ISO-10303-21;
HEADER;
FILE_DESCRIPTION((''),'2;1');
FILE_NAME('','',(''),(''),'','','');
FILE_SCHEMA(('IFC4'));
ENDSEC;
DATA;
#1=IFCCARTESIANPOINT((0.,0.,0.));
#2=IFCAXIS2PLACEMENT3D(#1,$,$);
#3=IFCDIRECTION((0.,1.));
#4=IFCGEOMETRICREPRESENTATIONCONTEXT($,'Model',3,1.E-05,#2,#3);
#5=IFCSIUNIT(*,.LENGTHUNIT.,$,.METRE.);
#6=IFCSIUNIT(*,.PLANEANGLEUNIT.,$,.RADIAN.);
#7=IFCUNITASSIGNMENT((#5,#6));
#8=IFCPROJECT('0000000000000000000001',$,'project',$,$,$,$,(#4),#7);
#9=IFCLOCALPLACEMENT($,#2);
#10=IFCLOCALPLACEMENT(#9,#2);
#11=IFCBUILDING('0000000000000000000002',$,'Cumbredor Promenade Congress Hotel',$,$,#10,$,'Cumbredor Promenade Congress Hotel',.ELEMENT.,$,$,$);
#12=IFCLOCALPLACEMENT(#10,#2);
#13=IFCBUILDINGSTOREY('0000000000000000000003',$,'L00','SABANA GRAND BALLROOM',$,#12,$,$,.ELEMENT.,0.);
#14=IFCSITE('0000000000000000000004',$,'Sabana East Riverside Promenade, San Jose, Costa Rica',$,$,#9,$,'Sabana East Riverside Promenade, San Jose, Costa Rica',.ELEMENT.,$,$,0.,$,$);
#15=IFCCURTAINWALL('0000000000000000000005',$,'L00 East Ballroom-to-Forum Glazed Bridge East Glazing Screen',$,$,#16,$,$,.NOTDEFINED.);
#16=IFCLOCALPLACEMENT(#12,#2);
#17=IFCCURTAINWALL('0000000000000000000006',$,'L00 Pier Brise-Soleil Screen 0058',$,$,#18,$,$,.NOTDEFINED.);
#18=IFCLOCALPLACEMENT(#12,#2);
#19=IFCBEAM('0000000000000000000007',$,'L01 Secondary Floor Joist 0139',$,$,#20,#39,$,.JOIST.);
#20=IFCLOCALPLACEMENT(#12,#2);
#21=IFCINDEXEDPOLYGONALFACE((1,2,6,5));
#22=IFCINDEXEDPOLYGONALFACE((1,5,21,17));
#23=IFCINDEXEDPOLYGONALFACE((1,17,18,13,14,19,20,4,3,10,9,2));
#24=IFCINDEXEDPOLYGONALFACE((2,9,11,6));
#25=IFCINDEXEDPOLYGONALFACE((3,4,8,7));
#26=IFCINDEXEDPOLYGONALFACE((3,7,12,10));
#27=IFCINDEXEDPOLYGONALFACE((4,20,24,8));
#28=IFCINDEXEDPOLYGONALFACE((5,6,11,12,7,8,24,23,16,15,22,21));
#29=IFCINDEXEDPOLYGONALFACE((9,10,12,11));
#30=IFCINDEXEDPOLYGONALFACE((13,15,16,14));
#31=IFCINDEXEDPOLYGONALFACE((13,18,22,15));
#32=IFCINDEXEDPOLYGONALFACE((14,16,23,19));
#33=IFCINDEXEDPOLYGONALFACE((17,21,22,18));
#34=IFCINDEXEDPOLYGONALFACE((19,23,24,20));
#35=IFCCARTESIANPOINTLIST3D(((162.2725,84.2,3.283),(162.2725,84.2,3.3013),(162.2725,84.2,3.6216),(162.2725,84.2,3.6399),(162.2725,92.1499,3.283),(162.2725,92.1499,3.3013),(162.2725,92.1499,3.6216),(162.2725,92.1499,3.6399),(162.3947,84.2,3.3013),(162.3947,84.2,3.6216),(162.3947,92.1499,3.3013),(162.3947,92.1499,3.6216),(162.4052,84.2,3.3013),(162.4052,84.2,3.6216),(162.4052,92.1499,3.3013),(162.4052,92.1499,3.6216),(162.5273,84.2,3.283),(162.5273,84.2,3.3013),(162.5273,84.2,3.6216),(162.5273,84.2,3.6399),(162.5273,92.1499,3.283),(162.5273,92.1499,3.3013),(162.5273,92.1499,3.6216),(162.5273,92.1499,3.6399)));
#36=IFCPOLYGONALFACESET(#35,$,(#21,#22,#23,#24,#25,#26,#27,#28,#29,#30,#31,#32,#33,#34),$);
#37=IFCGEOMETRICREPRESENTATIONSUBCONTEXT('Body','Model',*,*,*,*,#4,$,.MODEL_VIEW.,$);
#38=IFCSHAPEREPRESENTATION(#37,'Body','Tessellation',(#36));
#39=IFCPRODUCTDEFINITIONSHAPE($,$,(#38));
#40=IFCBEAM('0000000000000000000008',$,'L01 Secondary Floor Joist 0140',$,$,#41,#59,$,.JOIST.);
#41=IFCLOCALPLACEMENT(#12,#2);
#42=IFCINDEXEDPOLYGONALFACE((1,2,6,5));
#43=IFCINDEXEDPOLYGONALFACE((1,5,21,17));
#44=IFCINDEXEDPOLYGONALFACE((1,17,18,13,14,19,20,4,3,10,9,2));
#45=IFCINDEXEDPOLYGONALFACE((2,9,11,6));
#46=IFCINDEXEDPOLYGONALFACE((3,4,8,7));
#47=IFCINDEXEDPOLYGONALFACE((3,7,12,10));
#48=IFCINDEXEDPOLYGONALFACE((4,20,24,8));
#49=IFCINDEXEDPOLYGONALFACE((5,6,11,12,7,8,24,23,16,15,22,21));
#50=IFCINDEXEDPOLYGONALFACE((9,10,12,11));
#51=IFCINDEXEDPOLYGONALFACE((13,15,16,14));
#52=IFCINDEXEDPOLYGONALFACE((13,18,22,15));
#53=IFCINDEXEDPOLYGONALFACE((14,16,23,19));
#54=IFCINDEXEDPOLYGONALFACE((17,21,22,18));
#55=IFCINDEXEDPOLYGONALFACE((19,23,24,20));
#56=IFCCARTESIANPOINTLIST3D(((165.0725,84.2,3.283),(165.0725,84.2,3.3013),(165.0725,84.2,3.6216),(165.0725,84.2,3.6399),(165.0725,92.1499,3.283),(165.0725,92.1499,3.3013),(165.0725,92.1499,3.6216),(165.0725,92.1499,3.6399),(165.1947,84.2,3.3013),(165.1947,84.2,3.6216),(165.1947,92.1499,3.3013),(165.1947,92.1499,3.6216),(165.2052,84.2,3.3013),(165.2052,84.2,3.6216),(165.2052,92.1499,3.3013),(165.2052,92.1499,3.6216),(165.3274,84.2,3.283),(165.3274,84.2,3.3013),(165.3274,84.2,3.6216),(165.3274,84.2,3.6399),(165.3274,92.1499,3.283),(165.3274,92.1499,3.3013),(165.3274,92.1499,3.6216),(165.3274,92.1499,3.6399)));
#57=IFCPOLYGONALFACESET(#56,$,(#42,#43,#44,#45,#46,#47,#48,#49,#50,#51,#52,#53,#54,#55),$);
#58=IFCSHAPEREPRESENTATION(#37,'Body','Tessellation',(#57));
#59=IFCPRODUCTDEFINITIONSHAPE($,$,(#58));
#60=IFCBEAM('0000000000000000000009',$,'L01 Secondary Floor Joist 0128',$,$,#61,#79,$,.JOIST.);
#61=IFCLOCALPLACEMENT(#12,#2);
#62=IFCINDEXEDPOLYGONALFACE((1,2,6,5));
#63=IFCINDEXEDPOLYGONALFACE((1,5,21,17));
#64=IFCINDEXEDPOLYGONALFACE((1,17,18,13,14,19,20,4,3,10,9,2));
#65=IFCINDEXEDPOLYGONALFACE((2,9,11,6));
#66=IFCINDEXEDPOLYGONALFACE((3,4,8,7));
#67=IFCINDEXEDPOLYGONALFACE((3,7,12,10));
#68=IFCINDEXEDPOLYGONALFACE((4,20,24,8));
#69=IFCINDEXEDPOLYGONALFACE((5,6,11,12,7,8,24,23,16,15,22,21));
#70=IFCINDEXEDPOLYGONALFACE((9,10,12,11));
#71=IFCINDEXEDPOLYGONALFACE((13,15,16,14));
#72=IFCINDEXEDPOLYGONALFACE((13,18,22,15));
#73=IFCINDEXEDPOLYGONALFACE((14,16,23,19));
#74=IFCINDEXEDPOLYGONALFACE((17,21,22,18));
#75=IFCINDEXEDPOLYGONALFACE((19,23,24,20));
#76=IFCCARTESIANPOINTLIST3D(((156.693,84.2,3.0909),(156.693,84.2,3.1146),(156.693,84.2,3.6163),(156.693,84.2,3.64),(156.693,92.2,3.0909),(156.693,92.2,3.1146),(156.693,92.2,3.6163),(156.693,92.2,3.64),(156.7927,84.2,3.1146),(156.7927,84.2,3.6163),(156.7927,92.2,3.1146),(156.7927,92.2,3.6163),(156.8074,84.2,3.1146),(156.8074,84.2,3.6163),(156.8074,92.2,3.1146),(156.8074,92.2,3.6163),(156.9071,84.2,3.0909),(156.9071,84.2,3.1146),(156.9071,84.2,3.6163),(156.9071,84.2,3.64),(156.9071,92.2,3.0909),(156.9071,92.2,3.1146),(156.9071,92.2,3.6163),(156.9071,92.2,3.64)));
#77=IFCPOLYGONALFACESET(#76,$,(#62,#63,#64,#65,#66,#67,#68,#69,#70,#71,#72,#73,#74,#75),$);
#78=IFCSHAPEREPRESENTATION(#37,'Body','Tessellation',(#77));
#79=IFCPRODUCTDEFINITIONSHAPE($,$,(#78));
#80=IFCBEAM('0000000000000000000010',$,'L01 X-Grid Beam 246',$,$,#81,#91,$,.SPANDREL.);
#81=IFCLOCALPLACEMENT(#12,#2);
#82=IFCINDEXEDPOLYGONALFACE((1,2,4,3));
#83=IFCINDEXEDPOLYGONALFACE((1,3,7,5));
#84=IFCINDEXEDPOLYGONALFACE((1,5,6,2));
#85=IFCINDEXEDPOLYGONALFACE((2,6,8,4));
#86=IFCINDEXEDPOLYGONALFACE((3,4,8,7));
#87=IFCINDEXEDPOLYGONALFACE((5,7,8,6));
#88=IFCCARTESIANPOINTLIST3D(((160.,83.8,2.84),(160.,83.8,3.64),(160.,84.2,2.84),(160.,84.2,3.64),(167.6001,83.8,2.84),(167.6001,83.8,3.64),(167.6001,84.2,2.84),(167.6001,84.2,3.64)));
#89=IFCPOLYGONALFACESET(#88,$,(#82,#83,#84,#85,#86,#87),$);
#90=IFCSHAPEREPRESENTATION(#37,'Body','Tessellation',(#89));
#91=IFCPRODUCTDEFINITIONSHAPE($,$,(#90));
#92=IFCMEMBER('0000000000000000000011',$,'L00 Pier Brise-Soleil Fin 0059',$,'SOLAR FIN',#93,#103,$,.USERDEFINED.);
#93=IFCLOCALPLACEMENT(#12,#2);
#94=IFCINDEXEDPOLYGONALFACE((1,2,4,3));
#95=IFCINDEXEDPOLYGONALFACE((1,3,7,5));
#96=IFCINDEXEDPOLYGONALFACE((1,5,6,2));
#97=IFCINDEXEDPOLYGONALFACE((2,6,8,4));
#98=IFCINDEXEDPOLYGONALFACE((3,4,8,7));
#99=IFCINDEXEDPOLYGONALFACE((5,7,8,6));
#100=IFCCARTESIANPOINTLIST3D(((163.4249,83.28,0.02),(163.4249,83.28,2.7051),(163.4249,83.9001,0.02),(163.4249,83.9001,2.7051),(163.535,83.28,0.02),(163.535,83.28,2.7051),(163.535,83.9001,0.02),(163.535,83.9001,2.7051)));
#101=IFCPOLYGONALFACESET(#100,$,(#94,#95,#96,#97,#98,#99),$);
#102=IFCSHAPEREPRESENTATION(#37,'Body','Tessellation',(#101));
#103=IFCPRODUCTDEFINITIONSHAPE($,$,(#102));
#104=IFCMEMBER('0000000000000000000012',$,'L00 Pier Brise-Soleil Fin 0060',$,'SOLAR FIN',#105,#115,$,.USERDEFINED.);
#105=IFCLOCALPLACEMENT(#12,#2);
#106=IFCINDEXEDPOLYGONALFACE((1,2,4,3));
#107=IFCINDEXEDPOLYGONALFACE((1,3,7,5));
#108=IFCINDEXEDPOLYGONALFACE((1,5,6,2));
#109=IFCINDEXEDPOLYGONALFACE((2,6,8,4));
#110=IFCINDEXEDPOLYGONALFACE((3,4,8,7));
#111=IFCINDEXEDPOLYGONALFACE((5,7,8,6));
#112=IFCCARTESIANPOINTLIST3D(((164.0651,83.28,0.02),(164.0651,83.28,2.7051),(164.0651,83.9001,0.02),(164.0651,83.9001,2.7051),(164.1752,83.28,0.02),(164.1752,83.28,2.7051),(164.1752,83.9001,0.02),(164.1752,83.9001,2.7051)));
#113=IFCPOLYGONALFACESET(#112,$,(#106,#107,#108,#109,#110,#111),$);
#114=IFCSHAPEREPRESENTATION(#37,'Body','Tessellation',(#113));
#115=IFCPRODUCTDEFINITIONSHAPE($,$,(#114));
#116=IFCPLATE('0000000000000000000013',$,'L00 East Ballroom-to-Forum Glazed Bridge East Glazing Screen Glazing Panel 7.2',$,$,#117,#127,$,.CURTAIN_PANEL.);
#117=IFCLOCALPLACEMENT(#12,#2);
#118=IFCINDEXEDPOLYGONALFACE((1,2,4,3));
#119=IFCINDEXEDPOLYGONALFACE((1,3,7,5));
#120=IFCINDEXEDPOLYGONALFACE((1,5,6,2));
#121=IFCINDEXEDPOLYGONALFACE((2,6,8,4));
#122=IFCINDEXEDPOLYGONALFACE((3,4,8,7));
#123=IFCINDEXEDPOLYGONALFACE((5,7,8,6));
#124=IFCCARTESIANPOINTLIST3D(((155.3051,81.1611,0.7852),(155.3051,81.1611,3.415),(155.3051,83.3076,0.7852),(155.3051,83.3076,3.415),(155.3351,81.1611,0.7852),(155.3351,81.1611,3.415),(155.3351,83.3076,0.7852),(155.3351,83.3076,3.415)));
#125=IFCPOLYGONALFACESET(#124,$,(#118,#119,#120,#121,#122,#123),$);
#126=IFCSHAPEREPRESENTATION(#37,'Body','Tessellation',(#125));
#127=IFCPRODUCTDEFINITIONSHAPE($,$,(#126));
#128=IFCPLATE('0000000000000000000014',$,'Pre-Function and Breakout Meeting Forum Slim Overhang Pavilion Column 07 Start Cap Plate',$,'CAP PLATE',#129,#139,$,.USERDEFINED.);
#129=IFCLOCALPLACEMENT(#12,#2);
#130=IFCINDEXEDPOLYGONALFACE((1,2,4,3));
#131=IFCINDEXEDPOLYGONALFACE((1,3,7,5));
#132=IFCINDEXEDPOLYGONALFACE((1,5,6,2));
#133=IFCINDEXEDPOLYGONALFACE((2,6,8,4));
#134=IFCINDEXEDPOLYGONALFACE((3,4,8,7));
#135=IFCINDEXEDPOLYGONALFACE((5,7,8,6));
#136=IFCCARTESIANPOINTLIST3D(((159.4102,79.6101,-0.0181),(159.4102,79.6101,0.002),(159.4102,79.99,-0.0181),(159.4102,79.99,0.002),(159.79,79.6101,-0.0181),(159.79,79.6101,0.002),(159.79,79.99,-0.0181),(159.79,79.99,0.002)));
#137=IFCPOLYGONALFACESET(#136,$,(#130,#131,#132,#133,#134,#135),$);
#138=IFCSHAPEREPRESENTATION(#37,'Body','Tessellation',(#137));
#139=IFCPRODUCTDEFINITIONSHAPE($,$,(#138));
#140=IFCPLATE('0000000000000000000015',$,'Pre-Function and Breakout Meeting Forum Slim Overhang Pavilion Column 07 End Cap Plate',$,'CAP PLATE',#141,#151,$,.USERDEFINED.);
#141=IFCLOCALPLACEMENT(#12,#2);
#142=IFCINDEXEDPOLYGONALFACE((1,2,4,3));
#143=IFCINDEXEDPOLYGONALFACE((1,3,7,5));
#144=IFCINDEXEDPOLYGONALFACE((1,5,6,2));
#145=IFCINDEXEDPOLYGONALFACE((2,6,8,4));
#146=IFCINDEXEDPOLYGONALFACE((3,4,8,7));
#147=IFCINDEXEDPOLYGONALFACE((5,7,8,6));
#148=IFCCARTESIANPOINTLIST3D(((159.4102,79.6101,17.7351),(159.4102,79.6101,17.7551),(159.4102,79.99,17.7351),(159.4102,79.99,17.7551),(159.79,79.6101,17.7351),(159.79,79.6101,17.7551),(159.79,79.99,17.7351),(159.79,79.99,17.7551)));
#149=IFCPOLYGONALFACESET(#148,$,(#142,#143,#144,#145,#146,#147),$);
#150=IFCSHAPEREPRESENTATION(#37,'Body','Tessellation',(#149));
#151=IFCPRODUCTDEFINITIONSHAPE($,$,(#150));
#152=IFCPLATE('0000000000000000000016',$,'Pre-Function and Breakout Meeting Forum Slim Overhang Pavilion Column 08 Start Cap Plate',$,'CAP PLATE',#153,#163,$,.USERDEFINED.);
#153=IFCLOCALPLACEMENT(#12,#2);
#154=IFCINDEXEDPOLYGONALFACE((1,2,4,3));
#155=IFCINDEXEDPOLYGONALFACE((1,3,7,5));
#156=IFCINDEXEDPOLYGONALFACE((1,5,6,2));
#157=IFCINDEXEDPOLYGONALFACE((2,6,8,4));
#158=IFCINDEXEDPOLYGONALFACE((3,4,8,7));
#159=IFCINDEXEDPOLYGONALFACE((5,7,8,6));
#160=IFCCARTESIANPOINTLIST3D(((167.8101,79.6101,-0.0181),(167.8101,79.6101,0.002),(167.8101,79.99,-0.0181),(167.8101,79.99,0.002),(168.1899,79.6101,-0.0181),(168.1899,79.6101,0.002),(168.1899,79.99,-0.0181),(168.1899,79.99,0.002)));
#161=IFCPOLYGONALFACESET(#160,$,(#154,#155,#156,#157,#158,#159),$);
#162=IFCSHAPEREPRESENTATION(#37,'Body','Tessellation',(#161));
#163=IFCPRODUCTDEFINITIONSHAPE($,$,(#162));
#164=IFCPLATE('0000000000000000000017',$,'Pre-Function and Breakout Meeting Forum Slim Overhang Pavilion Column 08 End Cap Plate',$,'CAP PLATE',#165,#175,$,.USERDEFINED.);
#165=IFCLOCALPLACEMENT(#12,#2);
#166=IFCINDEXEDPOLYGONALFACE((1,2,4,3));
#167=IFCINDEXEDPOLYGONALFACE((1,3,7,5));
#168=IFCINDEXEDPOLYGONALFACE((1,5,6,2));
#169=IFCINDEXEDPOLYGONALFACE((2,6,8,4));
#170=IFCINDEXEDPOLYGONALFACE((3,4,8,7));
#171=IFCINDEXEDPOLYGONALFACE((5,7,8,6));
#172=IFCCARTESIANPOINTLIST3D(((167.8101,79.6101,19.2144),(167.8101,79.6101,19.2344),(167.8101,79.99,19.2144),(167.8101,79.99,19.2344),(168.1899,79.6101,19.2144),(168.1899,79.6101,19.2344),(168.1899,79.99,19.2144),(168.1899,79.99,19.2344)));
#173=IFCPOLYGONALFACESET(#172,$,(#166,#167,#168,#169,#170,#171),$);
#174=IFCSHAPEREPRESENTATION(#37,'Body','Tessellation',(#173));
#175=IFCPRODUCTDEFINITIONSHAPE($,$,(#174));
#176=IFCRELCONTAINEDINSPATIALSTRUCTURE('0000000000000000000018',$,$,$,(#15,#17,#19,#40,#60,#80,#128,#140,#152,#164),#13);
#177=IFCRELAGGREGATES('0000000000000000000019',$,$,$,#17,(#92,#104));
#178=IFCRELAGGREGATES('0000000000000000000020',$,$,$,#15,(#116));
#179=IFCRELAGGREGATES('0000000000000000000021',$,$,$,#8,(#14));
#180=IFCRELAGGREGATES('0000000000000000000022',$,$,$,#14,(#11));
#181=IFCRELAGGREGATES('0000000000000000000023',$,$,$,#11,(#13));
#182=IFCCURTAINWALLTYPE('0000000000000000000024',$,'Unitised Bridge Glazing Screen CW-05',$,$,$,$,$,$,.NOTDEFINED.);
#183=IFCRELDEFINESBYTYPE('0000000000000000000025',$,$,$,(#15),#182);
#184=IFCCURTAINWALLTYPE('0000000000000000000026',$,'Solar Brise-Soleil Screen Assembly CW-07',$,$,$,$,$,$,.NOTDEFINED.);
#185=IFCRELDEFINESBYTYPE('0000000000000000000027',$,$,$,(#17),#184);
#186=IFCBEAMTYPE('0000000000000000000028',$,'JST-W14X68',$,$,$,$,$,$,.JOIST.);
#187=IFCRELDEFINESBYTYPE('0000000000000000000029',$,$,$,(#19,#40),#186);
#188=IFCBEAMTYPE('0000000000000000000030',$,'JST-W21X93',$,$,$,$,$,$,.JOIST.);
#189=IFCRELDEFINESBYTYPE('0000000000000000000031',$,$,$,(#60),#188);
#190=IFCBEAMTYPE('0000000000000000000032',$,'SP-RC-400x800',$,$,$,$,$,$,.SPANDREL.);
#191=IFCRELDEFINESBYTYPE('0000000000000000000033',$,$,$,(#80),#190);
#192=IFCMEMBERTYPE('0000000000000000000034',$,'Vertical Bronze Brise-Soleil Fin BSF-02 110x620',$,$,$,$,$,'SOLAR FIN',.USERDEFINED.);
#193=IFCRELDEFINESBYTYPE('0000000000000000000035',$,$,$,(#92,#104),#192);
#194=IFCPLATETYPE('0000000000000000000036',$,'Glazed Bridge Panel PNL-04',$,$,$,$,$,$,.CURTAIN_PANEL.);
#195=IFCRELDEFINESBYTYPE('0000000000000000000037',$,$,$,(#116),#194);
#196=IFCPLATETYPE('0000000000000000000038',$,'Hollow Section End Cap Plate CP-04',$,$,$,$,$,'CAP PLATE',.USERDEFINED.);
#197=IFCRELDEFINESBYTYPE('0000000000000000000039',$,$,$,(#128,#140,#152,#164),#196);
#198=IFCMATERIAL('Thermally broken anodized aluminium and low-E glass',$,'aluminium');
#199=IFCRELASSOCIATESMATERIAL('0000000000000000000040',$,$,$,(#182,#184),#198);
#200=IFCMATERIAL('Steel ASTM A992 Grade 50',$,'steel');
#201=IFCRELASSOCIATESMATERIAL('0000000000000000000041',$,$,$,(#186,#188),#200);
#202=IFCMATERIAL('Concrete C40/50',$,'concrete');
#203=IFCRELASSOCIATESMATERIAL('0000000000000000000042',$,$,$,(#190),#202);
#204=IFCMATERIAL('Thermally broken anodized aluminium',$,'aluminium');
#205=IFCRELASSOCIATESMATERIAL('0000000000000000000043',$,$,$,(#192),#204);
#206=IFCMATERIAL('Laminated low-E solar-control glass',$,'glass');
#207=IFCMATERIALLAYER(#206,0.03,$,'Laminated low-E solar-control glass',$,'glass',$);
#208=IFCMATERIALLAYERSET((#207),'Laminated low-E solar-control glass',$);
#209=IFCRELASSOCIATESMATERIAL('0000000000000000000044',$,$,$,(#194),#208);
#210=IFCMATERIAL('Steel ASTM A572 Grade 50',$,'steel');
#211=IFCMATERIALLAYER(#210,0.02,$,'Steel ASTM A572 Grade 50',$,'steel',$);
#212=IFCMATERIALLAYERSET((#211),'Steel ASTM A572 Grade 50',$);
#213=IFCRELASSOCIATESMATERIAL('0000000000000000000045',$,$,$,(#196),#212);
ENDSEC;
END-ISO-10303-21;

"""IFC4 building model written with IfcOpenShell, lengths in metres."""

from ifc_helpers import new_model, si_unit, direction, frame, origin, origin_2d, place, context, subcontext, project, spatial, rectangle, i_section, extrude, material, layer, layer_set, material_profile, profile_set, type_object, element, aggregate, save


model = new_model("IFC4")

# Units and contexts
model_context = context("Model", 3, precision=1e-05, world=origin(), true_north=direction((0.0, 1.0)))
body_context = subcontext(model_context, "Body", "Model", "MODEL_VIEW")
ifc_project = project(units=[si_unit("LENGTHUNIT", "METRE"), si_unit("PLANEANGLEUNIT", "RADIAN")], contexts=[model_context])

# Site, building, storey
site_placement = place(None, origin())
site = spatial("IfcSite", under=ifc_project, at=site_placement, Name="Sabana East Riverside Promenade, San Jose, Costa Rica", LongName="Sabana East Riverside Promenade, San Jose, Costa Rica", CompositionType="ELEMENT", RefElevation=0.0)
building_placement = place(site_placement, origin())
building = spatial("IfcBuilding", under=site, at=building_placement, Name="Cumbredor Promenade Congress Hotel", LongName="Cumbredor Promenade Congress Hotel", CompositionType="ELEMENT")
storey_placement = place(building_placement, origin())
storey = spatial("IfcBuildingStorey", under=building, at=storey_placement, Name="L00", Description="SABANA GRAND BALLROOM", CompositionType="ELEMENT", Elevation=0.0)

# Shared definitions
ifc_material_1 = material(Name="Concrete C40/50", Category="concrete")

# Curtain walls
ifc_material_2 = material(Name="Thermally broken anodized aluminium and low-E glass", Category="aluminium")
curtain_wall_type_1 = type_object("IfcCurtainWallType", Name="Unitised Bridge Glazing Screen CW-05", PredefinedType="NOTDEFINED", material=ifc_material_2)
curtain_wall_1_placement = place(storey_placement, origin())
curtain_wall_1 = element("IfcCurtainWall", 1, at=curtain_wall_1_placement, inside=storey, type_object=curtain_wall_type_1, Name="L00 East Ballroom-to-Forum Glazed Bridge East Glazing Screen", PredefinedType="NOTDEFINED")
ifc_material_3 = material(Name="Thermally broken anodized aluminium", Category="aluminium")
curtain_wall_type_2 = type_object("IfcCurtainWallType", Name="Solar Brise-Soleil Screen Assembly CW-07", PredefinedType="NOTDEFINED", material=ifc_material_2)
curtain_wall_2_placement = place(storey_placement, origin())
curtain_wall_2 = element("IfcCurtainWall", 2, at=curtain_wall_2_placement, inside=storey, type_object=curtain_wall_type_2, Name="L00 Pier Brise-Soleil Screen 0058", PredefinedType="NOTDEFINED")

# Beams
ifc_material_4 = material(Name="Steel ASTM A992 Grade 50", Category="steel")
ifc_material_profile_1 = material_profile(ifc_material_4, i_section(OverallWidth=0.2549, OverallDepth=0.3569, WebThickness=0.0105, FlangeThickness=0.0183, at=origin_2d()), Name="W14X68")
ifc_profile_set_1 = profile_set([ifc_material_profile_1], Name="Steel ASTM A992 Grade 50")
beam_type_1 = type_object("IfcBeamType", Name="JST-W14X68", PredefinedType="JOIST", material=ifc_profile_set_1)
for number, where, z_axis, x_axis, name in (
    (3, (162.3999, 84.2, 3.4614), (0.0, 1.0, 0.0), (-1.0, 0.0, 0.0), "L01 Secondary Floor Joist 0139"),
    (4, (165.2, 84.2, 3.4614), (0.0, 1.0, 0.0), (-1.0, 0.0, 0.0), "L01 Secondary Floor Joist 0140"),
):
    element("IfcBeam", number, at=place(storey_placement, frame(where, z_axis=z_axis, x_axis=x_axis)), inside=storey, type_object=beam_type_1, Name=name, PredefinedType="JOIST", context=body_context, shape_type="SweptSolid", body=[
        extrude(i_section(OverallWidth=0.2549, OverallDepth=0.3569, WebThickness=0.0105, FlangeThickness=0.0183, at=origin_2d()), origin(), (0.0, 0.0, 1.0), 7.95),
    ])
ifc_material_profile_2 = material_profile(ifc_material_4, i_section(OverallWidth=0.2141, OverallDepth=0.5491, WebThickness=0.0146, FlangeThickness=0.0237, at=origin_2d()), Name="W21X93")
ifc_profile_set_2 = profile_set([ifc_material_profile_2], Name="Steel ASTM A992 Grade 50")
beam_type_2 = type_object("IfcBeamType", Name="JST-W21X93", PredefinedType="JOIST", material=ifc_profile_set_2)
beam_1_placement = place(storey_placement, frame((156.8, 84.2, 3.3655), z_axis=(0.0, 1.0, 0.0), x_axis=(-1.0, 0.0, 0.0)))
element("IfcBeam", 5, at=beam_1_placement, inside=storey, type_object=beam_type_2, Name="L01 Secondary Floor Joist 0128", PredefinedType="JOIST", context=body_context, shape_type="SweptSolid", body=[
    extrude(i_section(OverallWidth=0.2141, OverallDepth=0.5491, WebThickness=0.0146, FlangeThickness=0.0237, at=origin_2d()), origin(), (0.0, 0.0, 1.0), 8.0),
])
ifc_material_profile_3 = material_profile(ifc_material_1, rectangle(XDim=0.3999, YDim=0.8, at=origin_2d()), Name="RC SPANDREL 400x800")
ifc_profile_set_3 = profile_set([ifc_material_profile_3], Name="Concrete C40/50")
beam_type_3 = type_object("IfcBeamType", Name="SP-RC-400x800", PredefinedType="SPANDREL", material=ifc_profile_set_3)
beam_2_placement = place(storey_placement, frame((160.0, 84.0, 3.24), z_axis=(1.0, 0.0, 0.0), x_axis=(0.0, 1.0, 0.0)))
element("IfcBeam", 6, at=beam_2_placement, inside=storey, type_object=beam_type_3, Name="L01 X-Grid Beam 246", PredefinedType="SPANDREL", context=body_context, shape_type="SweptSolid", body=[
    extrude(rectangle(XDim=0.3999, YDim=0.8, at=origin_2d()), origin(), (0.0, 0.0, 1.0), 7.6001),
])

# Members
ifc_material_profile_4 = material_profile(ifc_material_3, rectangle(XDim=0.1101, YDim=0.6201, at=origin_2d()), Name="ARCH FIN 110x620")
ifc_profile_set_4 = profile_set([ifc_material_profile_4], Name="Thermally broken anodized aluminium")
member_type_1 = type_object("IfcMemberType", Name="Vertical Bronze Brise-Soleil Fin BSF-02 110x620", ElementType="SOLAR FIN", PredefinedType="USERDEFINED", material=ifc_profile_set_4)
member_1_placement = place(storey_placement, frame((163.48, 83.5901, 0.02), z_axis=(0.0, 0.0, 1.0), x_axis=(1.0, 0.0, 0.0)))
member_1 = element("IfcMember", 7, at=member_1_placement, type_object=member_type_1, Name="L00 Pier Brise-Soleil Fin 0059", ObjectType="SOLAR FIN", PredefinedType="USERDEFINED", context=body_context, shape_type="SweptSolid", body=[
    extrude(rectangle(XDim=0.1101, YDim=0.6201, at=origin_2d()), origin(), (0.0, 0.0, 1.0), 2.6851),
])
member_2_placement = place(storey_placement, frame((164.1201, 83.5901, 0.02), z_axis=(0.0, 0.0, 1.0), x_axis=(1.0, 0.0, 0.0)))
member_2 = element("IfcMember", 8, at=member_2_placement, type_object=member_type_1, Name="L00 Pier Brise-Soleil Fin 0060", ObjectType="SOLAR FIN", PredefinedType="USERDEFINED", context=body_context, shape_type="SweptSolid", body=[
    extrude(rectangle(XDim=0.1101, YDim=0.6201, at=origin_2d()), origin(), (0.0, 0.0, 1.0), 2.6851),
])
aggregate(curtain_wall_2, [member_1, member_2])

# Plate
ifc_material_5 = material(Name="Laminated low-E solar-control glass", Category="glass")
ifc_layer_1 = layer(ifc_material_5, 0.03, Name="Laminated low-E solar-control glass", Category="glass")
ifc_layer_set_1 = layer_set([ifc_layer_1], Name="Laminated low-E solar-control glass")
plate_type_1 = type_object("IfcPlateType", Name="Glazed Bridge Panel PNL-04", PredefinedType="CURTAIN_PANEL", material=ifc_layer_set_1)
plate_placement = place(storey_placement, frame((155.3201, 82.2344, 0.7852), z_axis=(0.0, 0.0, 1.0), x_axis=(0.0, 1.0, 0.0)))
plate = element("IfcPlate", 9, at=plate_placement, type_object=plate_type_1, Name="L00 East Ballroom-to-Forum Glazed Bridge East Glazing Screen Glazing Panel 7.2", PredefinedType="CURTAIN_PANEL", context=body_context, shape_type="SweptSolid", body=[
    extrude(rectangle(XDim=2.1465, YDim=0.03, at=origin_2d()), origin(), (0.0, 0.0, 1.0), 2.6299),
])
aggregate(curtain_wall_1, [plate])

# Plates
ifc_material_6 = material(Name="Steel ASTM A572 Grade 50", Category="steel")
ifc_layer_2 = layer(ifc_material_6, 0.02, Name="Steel ASTM A572 Grade 50", Category="steel")
ifc_layer_set_2 = layer_set([ifc_layer_2], Name="Steel ASTM A572 Grade 50")
plate_type_2 = type_object("IfcPlateType", Name="Hollow Section End Cap Plate CP-04", ElementType="CAP PLATE", PredefinedType="USERDEFINED", material=ifc_layer_set_2)
for number, where, z_axis, x_axis, name in (
    (10, (159.6001, 79.8, -0.0181), (0.0, 0.0, 1.0), (1.0, 0.0, 0.0), "Pre-Function and Breakout Meeting Forum Slim Overhang Pavilion Column 07 Start Cap Plate"),
    (11, (159.6001, 79.8, 17.7351), (0.0, 0.0, 1.0), (1.0, 0.0, 0.0), "Pre-Function and Breakout Meeting Forum Slim Overhang Pavilion Column 07 End Cap Plate"),
    (12, (168.0, 79.8, -0.0181), (0.0, 0.0, 1.0), (1.0, 0.0, 0.0), "Pre-Function and Breakout Meeting Forum Slim Overhang Pavilion Column 08 Start Cap Plate"),
    (13, (168.0, 79.8, 19.2144), (0.0, 0.0, 1.0), (1.0, 0.0, 0.0), "Pre-Function and Breakout Meeting Forum Slim Overhang Pavilion Column 08 End Cap Plate"),
):
    element("IfcPlate", number, at=place(storey_placement, frame(where, z_axis=z_axis, x_axis=x_axis)), inside=storey, type_object=plate_type_2, Name=name, ObjectType="CAP PLATE", PredefinedType="USERDEFINED", context=body_context, shape_type="SweptSolid", body=[
        extrude(rectangle(XDim=0.3799, YDim=0.3799, at=origin_2d()), origin(), (0.0, 0.0, 1.0), 0.02),
    ])

save(model, "model.ifc")
